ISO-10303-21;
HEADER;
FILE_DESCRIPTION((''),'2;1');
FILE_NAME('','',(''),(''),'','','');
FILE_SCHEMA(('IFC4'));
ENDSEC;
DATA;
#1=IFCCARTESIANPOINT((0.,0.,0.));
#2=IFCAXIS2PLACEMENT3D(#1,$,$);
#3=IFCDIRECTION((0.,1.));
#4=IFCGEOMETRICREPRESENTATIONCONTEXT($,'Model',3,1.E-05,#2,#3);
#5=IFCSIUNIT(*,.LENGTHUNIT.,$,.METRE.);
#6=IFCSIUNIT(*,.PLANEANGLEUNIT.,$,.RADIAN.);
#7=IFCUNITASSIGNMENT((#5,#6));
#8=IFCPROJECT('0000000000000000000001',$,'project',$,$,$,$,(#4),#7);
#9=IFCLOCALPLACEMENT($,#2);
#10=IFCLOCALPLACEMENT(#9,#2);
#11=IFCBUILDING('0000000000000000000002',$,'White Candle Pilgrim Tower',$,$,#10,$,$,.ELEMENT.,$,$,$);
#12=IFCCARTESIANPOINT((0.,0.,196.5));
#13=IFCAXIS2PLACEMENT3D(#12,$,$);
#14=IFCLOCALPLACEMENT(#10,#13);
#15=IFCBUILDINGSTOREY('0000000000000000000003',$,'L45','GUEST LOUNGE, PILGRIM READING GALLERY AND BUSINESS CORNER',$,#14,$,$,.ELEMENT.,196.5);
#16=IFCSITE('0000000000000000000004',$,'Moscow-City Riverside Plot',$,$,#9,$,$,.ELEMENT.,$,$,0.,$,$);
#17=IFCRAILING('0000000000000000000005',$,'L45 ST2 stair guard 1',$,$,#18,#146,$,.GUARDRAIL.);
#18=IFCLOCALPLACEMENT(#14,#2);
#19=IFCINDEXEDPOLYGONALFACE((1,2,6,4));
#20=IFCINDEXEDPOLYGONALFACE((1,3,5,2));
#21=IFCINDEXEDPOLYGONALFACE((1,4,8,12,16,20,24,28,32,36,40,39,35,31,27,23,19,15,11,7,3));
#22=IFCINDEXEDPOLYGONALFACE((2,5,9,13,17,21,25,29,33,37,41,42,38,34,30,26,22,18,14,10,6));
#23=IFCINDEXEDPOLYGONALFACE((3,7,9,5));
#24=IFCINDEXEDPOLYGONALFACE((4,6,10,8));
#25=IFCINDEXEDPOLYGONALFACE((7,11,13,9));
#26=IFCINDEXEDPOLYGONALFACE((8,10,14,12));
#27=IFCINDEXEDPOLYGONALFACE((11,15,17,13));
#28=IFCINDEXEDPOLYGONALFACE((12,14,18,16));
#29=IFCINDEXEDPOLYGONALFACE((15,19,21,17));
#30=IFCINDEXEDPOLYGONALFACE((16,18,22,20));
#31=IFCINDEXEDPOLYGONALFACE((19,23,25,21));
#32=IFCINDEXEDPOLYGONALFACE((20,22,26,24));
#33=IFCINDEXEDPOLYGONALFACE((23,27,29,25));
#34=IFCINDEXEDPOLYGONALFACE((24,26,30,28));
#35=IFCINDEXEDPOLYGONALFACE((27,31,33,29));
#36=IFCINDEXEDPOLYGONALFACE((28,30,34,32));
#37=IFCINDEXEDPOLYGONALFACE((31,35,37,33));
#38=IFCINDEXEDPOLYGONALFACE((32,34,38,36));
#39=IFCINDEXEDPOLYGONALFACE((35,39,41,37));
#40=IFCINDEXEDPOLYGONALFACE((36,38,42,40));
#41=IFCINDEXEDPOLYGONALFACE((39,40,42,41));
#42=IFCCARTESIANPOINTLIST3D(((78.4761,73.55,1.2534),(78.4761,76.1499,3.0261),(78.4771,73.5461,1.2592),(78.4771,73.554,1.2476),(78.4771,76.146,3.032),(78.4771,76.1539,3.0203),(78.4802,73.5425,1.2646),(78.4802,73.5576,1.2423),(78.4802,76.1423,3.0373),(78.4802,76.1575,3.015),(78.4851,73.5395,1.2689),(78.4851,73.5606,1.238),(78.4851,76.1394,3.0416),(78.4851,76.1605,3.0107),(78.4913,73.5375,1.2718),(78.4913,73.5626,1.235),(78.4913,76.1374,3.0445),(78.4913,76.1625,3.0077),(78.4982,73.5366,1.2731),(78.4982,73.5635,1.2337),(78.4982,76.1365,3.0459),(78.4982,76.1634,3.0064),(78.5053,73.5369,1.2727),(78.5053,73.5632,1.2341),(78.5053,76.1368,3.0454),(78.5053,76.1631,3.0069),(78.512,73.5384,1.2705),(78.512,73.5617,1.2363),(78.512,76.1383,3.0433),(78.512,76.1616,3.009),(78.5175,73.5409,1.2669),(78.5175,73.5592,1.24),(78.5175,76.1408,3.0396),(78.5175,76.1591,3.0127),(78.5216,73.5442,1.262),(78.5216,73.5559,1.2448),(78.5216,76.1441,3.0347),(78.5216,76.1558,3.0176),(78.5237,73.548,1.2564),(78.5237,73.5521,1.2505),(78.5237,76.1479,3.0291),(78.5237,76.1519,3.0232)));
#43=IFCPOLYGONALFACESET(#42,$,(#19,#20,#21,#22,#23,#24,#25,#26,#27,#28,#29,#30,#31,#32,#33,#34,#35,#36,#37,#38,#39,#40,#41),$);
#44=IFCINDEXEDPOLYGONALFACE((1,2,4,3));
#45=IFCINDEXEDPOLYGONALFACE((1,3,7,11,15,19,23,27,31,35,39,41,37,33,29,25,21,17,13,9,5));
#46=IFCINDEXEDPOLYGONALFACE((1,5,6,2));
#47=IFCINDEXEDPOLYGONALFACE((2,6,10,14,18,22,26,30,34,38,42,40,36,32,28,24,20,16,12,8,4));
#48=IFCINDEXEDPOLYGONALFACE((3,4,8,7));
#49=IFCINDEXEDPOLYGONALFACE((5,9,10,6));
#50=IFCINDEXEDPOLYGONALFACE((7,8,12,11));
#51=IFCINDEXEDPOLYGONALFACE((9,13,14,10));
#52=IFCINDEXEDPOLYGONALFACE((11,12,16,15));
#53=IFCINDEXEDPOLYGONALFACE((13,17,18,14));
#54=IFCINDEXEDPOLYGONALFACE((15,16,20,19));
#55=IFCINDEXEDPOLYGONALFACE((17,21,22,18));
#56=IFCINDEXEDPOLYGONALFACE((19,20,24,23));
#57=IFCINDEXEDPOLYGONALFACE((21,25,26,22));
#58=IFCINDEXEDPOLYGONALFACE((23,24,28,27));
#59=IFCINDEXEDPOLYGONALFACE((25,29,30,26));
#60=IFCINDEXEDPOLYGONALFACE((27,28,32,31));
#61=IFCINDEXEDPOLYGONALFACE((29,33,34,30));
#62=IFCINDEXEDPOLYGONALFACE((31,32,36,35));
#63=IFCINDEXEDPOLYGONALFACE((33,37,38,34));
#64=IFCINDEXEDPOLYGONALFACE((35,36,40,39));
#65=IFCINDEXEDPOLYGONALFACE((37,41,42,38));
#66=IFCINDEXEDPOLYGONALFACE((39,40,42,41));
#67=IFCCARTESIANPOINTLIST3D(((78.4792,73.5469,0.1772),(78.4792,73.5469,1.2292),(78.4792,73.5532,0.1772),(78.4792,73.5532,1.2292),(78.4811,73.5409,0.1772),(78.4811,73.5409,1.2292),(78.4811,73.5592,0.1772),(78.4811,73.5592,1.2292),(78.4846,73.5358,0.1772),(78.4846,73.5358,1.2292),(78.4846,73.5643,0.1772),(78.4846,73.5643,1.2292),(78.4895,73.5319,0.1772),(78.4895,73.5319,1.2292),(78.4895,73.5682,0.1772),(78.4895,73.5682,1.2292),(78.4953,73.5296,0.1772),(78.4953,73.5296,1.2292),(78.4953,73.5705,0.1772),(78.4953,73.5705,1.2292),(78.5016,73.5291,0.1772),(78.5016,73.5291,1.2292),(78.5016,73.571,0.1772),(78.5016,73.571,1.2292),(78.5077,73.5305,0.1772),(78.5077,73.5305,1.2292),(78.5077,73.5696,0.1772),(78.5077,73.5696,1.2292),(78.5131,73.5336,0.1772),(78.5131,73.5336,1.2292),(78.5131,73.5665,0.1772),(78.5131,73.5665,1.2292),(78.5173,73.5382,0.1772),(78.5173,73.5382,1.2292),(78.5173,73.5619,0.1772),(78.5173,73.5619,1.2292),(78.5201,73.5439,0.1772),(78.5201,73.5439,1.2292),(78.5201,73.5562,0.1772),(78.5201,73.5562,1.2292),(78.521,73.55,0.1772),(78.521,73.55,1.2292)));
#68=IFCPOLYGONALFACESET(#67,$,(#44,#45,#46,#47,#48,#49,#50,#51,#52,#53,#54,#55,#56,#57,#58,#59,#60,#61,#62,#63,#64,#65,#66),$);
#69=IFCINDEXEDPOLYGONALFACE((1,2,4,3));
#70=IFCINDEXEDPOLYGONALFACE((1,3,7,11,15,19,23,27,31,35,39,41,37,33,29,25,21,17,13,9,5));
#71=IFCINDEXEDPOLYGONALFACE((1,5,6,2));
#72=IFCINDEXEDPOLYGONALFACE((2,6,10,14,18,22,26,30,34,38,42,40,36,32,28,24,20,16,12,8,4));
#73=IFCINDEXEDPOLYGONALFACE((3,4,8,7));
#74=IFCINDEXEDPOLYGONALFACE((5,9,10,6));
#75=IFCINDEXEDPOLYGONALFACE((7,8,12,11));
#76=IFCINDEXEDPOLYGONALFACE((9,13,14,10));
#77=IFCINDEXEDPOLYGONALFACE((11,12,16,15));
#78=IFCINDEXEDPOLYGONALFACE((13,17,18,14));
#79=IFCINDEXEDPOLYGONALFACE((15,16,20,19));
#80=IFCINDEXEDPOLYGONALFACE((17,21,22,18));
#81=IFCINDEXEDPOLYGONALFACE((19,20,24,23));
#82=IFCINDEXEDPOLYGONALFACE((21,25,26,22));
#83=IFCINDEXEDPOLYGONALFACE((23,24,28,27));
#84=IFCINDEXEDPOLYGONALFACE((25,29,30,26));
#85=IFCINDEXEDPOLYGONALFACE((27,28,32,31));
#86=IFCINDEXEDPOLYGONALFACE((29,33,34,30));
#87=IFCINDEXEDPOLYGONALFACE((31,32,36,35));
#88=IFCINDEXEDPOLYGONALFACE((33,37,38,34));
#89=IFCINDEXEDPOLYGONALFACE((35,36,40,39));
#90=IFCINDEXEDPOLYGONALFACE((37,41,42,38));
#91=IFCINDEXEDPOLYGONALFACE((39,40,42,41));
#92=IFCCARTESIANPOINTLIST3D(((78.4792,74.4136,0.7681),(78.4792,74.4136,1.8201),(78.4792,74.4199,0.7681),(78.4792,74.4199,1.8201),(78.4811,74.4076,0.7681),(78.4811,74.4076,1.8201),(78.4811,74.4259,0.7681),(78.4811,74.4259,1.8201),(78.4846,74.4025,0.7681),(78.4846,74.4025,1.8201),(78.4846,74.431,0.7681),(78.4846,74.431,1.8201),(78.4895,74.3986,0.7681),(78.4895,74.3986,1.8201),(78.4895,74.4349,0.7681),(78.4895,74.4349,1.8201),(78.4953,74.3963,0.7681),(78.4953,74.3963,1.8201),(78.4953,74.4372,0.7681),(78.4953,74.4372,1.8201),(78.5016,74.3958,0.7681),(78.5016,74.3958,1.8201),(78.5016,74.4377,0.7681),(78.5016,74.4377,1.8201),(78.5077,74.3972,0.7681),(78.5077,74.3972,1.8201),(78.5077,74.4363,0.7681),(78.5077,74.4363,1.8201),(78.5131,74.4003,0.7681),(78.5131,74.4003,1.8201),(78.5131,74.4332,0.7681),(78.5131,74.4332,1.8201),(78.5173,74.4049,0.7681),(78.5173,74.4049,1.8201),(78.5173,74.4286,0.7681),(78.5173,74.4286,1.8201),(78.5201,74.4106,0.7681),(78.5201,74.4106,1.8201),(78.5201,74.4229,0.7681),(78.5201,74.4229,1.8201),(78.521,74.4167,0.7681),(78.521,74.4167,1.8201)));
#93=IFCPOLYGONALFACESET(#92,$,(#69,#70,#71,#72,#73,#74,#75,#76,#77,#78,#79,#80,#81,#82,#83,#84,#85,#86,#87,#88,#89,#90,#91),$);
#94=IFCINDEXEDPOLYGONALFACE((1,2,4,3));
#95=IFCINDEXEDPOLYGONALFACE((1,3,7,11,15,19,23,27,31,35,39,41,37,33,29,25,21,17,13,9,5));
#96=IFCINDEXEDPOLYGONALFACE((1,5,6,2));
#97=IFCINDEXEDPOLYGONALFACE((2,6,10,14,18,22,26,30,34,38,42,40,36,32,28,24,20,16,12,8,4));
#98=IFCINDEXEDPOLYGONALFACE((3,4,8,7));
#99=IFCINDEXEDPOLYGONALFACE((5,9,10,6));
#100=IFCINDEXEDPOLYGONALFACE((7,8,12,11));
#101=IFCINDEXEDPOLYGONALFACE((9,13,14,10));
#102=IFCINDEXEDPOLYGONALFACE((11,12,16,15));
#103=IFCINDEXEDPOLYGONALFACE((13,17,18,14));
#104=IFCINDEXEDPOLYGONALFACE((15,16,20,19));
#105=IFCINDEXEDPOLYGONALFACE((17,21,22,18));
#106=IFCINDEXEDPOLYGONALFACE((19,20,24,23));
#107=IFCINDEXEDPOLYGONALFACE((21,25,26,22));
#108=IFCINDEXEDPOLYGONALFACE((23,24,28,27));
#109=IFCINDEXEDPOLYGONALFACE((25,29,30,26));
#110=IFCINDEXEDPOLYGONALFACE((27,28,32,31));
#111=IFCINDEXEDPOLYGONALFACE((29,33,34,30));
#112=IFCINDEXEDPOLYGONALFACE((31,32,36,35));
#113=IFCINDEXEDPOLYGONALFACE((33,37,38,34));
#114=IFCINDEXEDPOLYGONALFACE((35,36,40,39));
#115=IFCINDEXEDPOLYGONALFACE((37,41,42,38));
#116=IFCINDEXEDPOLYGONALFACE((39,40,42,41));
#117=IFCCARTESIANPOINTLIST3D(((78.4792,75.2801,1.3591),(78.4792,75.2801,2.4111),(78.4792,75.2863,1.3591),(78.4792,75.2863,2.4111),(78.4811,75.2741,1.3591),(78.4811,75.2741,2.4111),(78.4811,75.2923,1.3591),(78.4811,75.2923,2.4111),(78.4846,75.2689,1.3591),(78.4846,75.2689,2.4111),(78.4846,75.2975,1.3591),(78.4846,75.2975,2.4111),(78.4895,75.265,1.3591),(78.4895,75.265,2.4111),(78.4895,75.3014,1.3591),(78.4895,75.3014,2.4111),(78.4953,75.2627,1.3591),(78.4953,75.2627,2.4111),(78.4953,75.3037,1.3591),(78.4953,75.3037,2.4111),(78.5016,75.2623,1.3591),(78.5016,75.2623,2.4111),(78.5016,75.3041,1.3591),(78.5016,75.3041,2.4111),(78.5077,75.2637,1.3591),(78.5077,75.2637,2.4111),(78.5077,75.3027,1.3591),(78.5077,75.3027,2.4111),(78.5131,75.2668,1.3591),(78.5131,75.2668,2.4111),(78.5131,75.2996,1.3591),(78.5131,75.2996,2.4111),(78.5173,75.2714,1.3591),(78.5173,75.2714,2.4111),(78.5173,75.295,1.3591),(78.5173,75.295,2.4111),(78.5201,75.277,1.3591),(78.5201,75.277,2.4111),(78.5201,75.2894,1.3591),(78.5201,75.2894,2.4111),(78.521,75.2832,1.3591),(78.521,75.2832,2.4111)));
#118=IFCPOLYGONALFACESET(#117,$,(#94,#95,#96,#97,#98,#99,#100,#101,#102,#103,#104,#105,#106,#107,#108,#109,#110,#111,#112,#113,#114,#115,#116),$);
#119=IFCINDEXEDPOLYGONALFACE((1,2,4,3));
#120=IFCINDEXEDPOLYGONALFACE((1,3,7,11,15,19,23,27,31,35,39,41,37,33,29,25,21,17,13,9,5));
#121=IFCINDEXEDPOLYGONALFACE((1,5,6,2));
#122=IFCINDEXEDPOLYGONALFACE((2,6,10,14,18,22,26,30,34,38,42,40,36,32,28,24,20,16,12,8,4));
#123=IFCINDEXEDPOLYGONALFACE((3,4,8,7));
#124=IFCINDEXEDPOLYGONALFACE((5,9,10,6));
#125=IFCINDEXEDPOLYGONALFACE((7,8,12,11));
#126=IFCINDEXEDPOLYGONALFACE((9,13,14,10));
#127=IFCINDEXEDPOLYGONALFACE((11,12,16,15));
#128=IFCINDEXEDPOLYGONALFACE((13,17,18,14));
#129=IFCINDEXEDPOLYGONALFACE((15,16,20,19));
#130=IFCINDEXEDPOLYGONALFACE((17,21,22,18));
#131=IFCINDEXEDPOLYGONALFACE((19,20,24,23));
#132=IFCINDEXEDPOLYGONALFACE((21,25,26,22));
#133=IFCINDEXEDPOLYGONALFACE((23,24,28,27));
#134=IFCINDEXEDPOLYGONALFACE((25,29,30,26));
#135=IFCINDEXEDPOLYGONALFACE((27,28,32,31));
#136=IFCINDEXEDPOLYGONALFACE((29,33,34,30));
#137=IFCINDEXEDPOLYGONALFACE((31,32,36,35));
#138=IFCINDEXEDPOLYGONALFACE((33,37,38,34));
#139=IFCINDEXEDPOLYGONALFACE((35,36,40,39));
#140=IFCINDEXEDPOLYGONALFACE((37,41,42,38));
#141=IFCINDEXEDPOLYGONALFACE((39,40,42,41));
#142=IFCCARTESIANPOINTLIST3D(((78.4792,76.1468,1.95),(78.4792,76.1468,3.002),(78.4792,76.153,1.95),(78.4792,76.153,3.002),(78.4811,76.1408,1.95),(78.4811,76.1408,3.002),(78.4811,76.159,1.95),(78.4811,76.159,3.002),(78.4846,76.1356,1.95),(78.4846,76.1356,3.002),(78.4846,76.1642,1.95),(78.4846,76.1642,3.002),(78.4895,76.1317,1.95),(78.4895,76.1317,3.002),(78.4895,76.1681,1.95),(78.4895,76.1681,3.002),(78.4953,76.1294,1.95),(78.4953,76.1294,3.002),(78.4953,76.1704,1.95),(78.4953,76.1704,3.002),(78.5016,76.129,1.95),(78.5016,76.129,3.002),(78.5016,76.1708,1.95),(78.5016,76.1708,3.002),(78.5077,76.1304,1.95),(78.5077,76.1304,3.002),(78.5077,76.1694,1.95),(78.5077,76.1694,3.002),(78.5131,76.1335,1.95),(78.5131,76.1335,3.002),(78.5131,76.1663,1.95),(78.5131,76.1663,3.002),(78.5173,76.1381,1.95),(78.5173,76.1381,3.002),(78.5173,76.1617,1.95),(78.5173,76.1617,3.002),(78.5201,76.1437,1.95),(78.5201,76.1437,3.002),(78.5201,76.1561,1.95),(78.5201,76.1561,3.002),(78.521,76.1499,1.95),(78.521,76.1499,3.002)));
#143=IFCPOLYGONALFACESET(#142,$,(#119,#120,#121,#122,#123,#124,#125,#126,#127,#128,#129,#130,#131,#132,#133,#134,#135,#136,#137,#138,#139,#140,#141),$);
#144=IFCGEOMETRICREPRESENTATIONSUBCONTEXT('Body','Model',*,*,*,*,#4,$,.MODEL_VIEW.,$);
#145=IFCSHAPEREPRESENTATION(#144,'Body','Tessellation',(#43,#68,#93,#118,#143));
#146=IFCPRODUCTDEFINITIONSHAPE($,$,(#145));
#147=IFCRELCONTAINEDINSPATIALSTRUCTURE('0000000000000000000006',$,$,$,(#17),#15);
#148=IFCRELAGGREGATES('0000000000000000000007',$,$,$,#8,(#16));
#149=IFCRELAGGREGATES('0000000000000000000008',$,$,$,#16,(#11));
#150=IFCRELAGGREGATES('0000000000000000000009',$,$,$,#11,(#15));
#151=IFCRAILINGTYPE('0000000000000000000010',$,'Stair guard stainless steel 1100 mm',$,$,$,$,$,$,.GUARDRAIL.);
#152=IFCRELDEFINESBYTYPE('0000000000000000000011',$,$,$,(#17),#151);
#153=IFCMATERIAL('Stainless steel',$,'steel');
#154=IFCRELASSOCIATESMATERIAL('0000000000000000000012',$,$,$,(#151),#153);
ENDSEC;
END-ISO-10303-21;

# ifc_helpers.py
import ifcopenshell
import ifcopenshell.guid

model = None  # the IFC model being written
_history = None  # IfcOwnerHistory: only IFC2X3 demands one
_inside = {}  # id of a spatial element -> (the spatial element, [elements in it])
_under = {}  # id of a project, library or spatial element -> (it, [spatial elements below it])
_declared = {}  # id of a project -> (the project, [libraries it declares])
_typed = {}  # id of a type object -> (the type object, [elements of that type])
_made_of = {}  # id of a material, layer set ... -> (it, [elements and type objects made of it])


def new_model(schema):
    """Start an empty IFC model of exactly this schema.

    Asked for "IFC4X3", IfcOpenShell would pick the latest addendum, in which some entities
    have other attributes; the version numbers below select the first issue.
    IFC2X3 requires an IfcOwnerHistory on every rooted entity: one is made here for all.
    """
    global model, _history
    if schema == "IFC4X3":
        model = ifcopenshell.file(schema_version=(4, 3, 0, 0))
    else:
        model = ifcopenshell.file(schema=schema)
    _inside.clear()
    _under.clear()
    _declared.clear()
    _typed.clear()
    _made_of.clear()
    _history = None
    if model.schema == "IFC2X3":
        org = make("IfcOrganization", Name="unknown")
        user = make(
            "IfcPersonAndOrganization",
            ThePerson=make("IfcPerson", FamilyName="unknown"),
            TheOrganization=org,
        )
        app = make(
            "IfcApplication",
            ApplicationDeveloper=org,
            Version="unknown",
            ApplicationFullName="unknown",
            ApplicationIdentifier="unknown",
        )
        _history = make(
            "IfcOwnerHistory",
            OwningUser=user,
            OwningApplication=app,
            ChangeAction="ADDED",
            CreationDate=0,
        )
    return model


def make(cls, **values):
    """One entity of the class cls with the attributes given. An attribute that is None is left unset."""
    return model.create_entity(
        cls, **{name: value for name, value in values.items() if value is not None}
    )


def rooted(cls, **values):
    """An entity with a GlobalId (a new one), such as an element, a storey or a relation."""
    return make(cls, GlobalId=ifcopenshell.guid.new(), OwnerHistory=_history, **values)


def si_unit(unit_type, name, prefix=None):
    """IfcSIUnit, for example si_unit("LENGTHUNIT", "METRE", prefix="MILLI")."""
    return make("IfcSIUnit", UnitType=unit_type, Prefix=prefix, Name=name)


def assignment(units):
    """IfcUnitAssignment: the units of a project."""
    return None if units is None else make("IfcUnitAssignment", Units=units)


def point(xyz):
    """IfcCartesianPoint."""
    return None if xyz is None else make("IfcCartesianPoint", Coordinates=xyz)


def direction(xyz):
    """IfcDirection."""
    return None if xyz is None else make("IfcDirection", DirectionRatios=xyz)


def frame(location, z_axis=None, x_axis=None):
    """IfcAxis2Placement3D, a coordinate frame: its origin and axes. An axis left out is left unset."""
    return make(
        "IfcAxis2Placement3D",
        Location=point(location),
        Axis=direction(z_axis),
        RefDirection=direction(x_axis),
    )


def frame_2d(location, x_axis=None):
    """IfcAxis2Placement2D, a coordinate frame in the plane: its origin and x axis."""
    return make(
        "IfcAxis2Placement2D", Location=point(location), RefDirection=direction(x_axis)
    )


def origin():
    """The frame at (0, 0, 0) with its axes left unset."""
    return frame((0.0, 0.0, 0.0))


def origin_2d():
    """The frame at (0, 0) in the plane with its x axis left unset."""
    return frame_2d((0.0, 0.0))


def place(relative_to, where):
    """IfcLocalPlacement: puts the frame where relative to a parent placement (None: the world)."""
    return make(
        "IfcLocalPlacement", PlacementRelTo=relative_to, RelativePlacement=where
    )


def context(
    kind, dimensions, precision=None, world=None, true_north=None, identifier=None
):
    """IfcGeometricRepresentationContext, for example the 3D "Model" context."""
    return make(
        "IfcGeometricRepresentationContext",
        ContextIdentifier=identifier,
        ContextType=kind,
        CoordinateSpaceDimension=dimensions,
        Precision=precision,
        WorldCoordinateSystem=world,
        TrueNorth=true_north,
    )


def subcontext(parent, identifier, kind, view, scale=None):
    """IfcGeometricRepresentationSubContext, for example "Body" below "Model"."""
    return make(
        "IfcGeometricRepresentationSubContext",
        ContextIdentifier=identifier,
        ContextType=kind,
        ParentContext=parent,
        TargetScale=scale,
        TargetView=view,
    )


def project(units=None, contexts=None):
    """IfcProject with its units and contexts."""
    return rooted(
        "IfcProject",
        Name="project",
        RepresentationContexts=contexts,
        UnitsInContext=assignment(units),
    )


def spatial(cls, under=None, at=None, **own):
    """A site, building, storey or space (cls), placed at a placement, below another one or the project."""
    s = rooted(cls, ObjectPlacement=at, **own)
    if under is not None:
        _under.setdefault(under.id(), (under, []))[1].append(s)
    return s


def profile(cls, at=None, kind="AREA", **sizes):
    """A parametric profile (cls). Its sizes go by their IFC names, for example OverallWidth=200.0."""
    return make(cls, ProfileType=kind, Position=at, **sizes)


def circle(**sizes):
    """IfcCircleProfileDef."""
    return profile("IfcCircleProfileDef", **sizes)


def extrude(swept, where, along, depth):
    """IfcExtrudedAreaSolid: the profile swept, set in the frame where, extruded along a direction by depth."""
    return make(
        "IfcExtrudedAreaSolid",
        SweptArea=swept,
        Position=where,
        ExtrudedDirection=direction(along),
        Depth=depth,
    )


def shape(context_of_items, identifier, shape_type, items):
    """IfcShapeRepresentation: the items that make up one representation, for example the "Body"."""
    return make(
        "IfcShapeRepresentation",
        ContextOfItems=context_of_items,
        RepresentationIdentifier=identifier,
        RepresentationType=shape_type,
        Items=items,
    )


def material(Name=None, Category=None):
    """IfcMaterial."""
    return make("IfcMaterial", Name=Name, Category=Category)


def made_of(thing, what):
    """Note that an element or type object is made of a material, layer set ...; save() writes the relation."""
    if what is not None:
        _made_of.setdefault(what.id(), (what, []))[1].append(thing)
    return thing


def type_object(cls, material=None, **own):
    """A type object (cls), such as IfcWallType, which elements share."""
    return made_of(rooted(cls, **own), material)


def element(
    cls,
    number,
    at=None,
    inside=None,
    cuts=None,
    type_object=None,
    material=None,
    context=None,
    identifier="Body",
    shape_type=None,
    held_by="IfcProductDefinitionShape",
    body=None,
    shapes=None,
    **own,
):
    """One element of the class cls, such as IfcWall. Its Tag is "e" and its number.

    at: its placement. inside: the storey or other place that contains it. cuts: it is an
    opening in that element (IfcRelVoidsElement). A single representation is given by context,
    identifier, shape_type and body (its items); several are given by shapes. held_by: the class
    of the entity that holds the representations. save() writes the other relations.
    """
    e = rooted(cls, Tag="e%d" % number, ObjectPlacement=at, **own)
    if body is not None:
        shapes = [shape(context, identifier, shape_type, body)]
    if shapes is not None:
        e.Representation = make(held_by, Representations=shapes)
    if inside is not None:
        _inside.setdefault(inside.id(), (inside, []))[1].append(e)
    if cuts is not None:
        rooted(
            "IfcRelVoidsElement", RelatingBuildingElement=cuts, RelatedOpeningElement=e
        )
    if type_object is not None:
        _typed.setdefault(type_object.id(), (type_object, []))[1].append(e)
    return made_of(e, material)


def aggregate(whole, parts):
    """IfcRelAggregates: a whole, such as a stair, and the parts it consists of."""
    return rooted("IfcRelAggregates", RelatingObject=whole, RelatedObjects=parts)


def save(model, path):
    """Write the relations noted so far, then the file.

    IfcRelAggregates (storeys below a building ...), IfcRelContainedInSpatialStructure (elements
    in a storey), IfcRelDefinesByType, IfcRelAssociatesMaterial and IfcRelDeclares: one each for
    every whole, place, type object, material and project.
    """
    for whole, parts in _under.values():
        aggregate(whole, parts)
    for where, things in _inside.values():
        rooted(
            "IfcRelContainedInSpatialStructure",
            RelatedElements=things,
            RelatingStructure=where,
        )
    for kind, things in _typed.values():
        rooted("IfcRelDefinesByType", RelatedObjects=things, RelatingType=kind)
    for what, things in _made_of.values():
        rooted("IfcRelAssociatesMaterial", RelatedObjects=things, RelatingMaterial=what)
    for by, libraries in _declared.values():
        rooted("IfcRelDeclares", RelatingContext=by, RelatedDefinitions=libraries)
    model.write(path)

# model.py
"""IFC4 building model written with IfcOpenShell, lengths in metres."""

from ifc_helpers import new_model, si_unit, direction, frame, origin, origin_2d, place, context, subcontext, project, spatial, circle, extrude, material, type_object, element, save


model = new_model("IFC4")

# Units and contexts
model_context = context("Model", 3, precision=1e-05, world=origin(), true_north=direction((0.0, 1.0)))
body_context = subcontext(model_context, "Body", "Model", "MODEL_VIEW")
ifc_project = project(units=[si_unit("LENGTHUNIT", "METRE"), si_unit("PLANEANGLEUNIT", "RADIAN")], contexts=[model_context])

# Site, building, storey
site_placement = place(None, origin())
site = spatial("IfcSite", under=ifc_project, at=site_placement, Name="Moscow-City Riverside Plot", CompositionType="ELEMENT", RefElevation=0.0)
building_placement = place(site_placement, origin())
building = spatial("IfcBuilding", under=site, at=building_placement, Name="White Candle Pilgrim Tower", CompositionType="ELEMENT")
storey_placement = place(building_placement, frame((0.0, 0.0, 196.5)))
storey = spatial("IfcBuildingStorey", under=building, at=storey_placement, Name="L45", Description="GUEST LOUNGE, PILGRIM READING GALLERY AND BUSINESS CORNER", CompositionType="ELEMENT", Elevation=196.5)

# Railing
ifc_material_1 = material(Name="Stainless steel", Category="steel")
railing_type_1 = type_object("IfcRailingType", Name="Stair guard stainless steel 1100 mm", PredefinedType="GUARDRAIL", material=ifc_material_1)
railing_1_placement = place(storey_placement, frame((78.5, 73.55, 0.1772)))
element("IfcRailing", 1, at=railing_1_placement, inside=storey, type_object=railing_type_1, Name="L45 ST2 stair guard 1", PredefinedType="GUARDRAIL", context=body_context, shape_type="SweptSolid", body=[
    extrude(circle(Radius=0.0239, at=origin_2d()), frame((0.0, 0.0, 1.0762), z_axis=(0.0, 0.826216, 0.563354), x_axis=(-1.0, 0.0, 0.0)), (0.0, 0.0, 1.0), 3.1467),
    extrude(circle(Radius=0.021, at=origin_2d()), origin(), (0.0, 0.0, 1.0), 1.052),
    extrude(circle(Radius=0.021, at=origin_2d()), frame((0.0, 0.8667, 0.5908)), (0.0, 0.0, 1.0), 1.052),
    extrude(circle(Radius=0.021, at=origin_2d()), frame((0.0, 1.7332, 1.1819)), (0.0, 0.0, 1.0), 1.052),
    extrude(circle(Radius=0.021, at=origin_2d()), frame((0.0, 2.5999, 1.7727)), (0.0, 0.0, 1.0), 1.052),
])

save(model, "model.ifc")
